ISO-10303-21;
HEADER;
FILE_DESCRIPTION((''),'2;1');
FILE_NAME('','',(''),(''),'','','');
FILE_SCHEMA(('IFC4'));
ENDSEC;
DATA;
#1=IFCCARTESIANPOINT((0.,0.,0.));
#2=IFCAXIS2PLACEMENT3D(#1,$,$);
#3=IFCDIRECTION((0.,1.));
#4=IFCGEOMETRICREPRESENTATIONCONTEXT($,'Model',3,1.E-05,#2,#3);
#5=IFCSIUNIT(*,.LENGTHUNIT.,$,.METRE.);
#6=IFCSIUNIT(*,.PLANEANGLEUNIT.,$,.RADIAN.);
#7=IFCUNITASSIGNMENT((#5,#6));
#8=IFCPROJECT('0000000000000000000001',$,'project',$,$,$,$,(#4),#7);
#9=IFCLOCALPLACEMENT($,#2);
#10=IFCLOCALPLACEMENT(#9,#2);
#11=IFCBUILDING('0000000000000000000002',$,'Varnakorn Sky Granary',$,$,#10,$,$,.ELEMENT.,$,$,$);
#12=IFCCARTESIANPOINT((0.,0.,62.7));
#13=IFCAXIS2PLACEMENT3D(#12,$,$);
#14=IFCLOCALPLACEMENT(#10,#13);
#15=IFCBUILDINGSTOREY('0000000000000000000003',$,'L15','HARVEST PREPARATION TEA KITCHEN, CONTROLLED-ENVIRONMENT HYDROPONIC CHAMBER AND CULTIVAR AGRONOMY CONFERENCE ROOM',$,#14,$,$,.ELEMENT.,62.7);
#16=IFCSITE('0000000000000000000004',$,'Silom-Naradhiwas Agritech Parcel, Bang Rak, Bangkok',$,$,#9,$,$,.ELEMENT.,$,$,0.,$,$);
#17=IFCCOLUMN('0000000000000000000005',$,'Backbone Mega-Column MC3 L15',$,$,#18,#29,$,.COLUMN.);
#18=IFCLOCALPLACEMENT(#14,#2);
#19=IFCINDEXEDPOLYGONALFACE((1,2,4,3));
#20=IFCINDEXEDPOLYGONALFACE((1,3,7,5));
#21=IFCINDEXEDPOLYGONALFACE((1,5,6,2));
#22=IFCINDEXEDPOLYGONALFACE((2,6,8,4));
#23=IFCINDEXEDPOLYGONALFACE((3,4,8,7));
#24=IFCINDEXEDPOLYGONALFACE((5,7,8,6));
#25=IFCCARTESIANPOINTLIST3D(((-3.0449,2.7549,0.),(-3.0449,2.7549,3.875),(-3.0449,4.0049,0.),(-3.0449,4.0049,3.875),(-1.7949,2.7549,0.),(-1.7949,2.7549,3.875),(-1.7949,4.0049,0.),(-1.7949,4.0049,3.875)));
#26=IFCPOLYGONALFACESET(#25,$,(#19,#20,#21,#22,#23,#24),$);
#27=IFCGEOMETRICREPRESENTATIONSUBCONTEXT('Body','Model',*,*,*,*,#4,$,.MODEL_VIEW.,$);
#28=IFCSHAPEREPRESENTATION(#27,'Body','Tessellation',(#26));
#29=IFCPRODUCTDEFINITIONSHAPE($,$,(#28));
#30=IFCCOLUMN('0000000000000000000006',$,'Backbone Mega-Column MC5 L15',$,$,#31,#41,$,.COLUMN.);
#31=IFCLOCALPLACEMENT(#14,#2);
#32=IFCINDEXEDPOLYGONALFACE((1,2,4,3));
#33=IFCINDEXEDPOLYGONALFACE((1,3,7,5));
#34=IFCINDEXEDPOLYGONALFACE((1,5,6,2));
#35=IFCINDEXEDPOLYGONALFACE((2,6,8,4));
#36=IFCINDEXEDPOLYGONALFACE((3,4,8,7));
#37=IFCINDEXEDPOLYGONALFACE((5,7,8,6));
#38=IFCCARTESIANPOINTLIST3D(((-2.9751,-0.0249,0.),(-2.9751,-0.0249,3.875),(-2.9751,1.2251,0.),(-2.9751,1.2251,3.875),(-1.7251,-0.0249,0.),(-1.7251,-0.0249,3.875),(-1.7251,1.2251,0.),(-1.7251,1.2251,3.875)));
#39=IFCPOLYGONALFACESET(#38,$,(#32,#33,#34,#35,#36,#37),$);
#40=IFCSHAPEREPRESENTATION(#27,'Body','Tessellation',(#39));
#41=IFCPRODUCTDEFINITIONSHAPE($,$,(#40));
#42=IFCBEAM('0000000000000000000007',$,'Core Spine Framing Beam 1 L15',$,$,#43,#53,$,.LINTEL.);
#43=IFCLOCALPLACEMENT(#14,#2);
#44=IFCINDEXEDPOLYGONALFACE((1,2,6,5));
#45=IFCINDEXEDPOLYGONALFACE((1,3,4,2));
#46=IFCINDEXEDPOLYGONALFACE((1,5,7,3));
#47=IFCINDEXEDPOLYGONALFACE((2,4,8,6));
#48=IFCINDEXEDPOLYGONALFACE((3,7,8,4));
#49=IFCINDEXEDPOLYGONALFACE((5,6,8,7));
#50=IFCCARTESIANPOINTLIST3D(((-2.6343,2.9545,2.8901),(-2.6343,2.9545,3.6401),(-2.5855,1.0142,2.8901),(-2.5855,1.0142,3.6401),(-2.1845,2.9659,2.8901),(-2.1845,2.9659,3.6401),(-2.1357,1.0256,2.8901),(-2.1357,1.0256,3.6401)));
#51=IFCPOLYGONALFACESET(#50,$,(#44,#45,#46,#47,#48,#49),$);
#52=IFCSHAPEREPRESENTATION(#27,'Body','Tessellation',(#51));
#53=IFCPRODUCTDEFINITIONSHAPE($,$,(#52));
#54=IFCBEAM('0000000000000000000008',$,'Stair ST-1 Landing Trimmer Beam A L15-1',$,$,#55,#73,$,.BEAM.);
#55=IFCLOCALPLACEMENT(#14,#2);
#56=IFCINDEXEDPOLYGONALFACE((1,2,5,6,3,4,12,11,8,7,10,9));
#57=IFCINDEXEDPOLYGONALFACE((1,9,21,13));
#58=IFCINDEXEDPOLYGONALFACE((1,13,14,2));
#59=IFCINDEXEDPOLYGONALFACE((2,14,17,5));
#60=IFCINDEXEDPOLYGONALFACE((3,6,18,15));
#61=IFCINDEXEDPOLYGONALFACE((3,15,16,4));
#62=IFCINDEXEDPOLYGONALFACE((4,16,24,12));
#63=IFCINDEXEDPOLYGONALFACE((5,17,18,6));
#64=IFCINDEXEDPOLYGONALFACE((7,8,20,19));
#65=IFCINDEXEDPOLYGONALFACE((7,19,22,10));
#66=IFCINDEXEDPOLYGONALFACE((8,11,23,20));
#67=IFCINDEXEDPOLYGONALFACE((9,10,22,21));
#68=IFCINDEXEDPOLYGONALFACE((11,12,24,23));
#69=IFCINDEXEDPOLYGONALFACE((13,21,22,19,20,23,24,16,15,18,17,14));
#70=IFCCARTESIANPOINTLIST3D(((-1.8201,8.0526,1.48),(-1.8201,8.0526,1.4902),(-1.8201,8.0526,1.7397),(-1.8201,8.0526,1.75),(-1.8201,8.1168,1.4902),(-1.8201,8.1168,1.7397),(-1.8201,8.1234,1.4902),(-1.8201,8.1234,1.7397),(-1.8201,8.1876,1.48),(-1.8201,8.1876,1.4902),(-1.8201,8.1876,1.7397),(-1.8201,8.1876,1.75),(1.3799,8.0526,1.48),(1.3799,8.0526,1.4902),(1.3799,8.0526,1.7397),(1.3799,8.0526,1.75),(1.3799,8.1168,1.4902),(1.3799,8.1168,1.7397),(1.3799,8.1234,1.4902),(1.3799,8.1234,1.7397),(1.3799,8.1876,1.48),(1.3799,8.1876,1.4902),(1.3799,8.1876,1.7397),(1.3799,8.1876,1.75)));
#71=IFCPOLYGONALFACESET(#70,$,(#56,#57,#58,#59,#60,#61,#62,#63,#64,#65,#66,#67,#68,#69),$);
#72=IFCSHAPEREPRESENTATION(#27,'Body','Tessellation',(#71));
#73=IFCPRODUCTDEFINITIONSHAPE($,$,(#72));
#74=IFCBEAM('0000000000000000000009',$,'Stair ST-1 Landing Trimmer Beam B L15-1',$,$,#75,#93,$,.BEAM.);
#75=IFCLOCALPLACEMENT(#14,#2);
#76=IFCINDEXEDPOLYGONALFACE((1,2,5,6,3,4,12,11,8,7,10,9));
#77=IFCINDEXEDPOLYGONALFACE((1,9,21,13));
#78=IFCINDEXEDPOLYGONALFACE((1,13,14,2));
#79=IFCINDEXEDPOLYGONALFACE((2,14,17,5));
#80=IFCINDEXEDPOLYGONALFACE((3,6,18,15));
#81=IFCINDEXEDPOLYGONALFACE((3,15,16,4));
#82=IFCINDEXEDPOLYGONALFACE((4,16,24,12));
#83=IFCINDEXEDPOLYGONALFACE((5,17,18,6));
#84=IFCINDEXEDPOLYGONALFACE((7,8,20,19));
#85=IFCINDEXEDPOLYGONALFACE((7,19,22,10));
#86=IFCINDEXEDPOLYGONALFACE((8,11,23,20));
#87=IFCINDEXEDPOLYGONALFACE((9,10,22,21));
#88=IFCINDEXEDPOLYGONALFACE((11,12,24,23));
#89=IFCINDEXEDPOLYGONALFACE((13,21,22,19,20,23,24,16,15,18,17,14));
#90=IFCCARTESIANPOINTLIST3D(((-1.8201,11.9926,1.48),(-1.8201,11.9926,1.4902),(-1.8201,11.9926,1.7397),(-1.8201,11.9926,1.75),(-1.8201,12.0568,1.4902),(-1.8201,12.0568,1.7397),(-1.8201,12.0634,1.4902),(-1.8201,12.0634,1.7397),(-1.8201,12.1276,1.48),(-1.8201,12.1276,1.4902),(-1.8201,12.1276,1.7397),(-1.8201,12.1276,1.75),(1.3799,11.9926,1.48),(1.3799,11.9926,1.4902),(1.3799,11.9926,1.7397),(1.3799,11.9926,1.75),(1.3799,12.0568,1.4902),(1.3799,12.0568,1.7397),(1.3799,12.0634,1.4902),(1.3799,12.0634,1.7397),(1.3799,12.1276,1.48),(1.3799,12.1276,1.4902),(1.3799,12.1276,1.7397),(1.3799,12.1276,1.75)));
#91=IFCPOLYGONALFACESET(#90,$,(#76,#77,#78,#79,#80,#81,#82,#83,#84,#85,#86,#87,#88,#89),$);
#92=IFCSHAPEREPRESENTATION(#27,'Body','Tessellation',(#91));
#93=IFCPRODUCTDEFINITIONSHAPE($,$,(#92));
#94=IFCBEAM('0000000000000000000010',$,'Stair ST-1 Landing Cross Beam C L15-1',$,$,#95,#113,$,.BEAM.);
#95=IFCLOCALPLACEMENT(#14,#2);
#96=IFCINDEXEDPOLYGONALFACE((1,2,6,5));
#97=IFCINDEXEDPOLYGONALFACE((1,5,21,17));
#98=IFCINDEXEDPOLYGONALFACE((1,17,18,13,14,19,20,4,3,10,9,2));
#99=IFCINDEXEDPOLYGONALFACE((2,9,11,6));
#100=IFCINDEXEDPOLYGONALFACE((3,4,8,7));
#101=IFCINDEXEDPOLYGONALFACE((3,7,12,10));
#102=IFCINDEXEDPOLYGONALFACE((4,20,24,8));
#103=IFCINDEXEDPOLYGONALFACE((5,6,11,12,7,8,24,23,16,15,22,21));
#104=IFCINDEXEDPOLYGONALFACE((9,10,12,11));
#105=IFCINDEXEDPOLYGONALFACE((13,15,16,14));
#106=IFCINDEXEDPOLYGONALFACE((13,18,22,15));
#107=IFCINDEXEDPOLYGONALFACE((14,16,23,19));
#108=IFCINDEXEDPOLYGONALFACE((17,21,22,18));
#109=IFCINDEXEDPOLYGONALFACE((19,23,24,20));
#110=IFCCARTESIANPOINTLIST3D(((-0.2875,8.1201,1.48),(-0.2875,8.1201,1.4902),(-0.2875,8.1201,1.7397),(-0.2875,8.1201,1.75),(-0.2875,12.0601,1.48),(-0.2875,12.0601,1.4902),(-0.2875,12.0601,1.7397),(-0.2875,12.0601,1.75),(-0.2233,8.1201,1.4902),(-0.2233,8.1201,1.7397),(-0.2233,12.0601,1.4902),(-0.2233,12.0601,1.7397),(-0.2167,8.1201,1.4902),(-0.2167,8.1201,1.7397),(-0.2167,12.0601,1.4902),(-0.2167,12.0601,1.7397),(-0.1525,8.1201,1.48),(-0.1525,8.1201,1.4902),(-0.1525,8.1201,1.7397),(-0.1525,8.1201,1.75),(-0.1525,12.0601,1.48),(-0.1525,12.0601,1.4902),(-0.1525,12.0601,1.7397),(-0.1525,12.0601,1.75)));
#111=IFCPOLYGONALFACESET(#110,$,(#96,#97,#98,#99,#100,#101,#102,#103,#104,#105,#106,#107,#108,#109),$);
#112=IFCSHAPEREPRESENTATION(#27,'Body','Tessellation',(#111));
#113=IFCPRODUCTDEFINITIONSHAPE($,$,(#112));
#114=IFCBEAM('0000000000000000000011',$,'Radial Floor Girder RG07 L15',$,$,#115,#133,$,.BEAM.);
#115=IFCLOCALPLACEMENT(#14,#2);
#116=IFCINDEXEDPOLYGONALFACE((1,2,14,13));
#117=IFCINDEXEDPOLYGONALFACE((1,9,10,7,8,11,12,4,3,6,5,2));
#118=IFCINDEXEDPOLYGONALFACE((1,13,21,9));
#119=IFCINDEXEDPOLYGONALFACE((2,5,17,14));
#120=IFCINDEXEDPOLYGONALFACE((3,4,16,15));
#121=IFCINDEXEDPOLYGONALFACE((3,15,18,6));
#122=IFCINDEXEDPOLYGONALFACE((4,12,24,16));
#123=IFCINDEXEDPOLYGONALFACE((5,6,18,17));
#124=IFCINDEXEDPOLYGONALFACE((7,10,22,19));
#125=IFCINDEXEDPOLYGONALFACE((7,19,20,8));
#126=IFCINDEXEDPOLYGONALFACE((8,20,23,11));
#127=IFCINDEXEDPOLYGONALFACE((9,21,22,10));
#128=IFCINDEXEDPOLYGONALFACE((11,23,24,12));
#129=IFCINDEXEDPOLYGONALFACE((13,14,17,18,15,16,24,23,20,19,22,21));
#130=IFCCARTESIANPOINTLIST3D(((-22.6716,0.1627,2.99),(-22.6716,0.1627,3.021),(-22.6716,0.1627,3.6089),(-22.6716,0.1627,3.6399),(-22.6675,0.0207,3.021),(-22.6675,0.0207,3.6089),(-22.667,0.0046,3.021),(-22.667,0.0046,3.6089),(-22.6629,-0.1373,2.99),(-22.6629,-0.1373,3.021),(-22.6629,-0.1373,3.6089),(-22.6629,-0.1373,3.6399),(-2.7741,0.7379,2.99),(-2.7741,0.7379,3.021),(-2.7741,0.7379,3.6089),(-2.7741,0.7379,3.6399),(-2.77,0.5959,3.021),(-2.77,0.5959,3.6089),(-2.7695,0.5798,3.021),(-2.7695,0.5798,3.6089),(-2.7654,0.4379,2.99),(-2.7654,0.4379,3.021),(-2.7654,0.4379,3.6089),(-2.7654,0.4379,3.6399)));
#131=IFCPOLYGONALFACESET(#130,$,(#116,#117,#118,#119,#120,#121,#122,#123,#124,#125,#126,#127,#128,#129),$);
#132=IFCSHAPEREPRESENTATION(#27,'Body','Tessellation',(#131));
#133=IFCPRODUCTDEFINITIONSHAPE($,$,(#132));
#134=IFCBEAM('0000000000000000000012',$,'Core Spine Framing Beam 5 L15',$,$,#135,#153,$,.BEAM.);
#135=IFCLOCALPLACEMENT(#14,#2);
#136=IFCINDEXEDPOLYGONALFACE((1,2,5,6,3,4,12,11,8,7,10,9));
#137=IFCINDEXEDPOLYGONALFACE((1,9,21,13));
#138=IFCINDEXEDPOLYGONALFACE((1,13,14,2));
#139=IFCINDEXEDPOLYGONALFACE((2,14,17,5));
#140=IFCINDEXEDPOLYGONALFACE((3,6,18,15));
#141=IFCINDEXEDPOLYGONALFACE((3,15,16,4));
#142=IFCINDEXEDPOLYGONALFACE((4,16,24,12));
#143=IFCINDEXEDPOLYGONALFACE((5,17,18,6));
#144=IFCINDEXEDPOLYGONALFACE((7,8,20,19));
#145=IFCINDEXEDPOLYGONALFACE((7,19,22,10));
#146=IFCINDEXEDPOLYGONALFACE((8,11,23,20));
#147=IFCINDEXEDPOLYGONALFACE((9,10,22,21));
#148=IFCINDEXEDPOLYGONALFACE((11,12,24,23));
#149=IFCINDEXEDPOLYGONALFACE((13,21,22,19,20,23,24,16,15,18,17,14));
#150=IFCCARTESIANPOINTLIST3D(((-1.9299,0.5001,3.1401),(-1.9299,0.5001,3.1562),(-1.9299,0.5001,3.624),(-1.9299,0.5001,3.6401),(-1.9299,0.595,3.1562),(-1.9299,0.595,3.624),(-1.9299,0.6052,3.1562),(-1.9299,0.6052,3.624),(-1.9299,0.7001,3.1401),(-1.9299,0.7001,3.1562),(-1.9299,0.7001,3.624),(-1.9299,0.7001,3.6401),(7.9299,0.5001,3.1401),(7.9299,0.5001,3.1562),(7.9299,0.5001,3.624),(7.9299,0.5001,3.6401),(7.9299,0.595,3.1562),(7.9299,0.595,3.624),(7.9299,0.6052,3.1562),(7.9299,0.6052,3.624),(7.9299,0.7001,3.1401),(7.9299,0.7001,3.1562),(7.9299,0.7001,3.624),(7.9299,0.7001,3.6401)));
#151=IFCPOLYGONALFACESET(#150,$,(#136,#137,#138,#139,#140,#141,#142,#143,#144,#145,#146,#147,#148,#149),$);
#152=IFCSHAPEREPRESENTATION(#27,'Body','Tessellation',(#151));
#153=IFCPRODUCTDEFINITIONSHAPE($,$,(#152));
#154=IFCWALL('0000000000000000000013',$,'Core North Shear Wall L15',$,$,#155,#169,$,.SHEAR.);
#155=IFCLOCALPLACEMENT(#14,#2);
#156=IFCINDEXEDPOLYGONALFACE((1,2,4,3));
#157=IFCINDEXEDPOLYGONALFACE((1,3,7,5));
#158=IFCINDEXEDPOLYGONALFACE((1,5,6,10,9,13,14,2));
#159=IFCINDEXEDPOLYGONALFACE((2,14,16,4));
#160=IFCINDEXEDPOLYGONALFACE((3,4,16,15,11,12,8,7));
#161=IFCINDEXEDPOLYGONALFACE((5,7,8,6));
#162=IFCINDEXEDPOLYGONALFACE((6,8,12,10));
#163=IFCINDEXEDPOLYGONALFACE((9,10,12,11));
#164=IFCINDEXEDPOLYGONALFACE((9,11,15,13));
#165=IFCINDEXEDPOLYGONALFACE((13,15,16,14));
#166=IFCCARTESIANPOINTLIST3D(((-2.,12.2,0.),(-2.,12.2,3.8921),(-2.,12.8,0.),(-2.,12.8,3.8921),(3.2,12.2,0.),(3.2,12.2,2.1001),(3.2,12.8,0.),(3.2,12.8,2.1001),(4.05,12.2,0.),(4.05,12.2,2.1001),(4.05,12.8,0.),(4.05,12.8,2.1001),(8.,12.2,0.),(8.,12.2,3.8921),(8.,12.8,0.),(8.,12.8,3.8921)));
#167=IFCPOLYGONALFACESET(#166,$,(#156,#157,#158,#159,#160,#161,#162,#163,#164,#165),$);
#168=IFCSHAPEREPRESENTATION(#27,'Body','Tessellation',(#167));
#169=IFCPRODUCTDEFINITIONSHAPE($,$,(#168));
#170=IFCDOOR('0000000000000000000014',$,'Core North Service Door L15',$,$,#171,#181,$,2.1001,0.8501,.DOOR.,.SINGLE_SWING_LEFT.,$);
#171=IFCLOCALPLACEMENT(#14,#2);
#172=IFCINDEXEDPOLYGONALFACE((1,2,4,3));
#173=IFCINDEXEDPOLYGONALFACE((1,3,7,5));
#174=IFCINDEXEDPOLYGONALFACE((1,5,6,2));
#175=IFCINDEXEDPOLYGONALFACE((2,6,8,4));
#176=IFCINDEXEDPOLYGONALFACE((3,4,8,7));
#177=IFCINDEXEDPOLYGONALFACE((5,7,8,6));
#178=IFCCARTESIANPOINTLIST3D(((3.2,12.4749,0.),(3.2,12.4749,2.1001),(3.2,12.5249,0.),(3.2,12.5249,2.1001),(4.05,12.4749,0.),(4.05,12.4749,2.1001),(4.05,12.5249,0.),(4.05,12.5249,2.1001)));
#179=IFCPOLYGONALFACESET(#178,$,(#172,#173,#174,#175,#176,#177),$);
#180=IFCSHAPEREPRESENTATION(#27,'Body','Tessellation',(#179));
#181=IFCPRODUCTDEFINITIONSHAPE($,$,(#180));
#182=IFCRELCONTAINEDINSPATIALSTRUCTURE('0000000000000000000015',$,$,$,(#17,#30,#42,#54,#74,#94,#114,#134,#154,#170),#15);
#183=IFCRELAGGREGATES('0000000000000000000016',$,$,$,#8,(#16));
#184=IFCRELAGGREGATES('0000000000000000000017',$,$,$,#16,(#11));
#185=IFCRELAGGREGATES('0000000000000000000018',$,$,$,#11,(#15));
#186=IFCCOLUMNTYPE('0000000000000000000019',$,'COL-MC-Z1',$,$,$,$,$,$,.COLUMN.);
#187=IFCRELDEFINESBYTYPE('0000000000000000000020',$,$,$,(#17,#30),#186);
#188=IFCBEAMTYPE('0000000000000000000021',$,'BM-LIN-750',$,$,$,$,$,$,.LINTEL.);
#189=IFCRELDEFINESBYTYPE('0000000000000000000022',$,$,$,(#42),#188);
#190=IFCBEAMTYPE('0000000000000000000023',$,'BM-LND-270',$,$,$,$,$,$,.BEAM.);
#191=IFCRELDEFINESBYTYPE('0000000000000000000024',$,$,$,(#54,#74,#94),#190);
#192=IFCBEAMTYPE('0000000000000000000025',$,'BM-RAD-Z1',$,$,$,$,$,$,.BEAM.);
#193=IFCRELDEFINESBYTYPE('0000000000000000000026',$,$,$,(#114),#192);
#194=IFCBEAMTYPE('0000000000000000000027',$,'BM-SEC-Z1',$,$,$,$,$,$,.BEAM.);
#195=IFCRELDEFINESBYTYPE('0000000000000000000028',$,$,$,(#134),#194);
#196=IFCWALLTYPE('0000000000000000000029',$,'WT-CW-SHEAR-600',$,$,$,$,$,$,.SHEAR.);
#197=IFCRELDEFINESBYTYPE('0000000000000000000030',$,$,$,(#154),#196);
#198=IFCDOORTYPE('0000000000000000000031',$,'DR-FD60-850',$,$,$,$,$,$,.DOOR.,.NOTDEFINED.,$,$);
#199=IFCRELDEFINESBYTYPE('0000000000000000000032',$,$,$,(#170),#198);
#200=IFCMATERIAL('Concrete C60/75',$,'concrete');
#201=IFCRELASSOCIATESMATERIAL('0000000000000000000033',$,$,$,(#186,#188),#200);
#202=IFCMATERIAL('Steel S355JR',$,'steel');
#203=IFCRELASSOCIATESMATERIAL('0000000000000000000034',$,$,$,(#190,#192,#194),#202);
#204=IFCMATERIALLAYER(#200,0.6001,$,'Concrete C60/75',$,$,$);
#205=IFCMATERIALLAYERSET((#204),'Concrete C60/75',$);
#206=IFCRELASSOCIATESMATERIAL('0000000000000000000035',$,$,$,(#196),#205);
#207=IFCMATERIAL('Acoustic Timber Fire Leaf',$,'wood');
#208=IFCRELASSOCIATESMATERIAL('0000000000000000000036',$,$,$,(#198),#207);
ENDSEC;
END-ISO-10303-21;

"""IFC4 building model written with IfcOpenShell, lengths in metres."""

from ifc_helpers import new_model, si_unit, direction, frame, frame_2d, origin, origin_2d, place, context, subcontext, project, spatial, rectangle, i_section, extrude, material, layer, layer_set, material_profile, profile_set, type_object, element, fill, save


model = new_model("IFC4")

# Units and contexts
model_context = context("Model", 3, precision=1e-05, world=origin(), true_north=direction((0.0, 1.0)))
body_context = subcontext(model_context, "Body", "Model", "MODEL_VIEW")
ifc_project = project(units=[si_unit("LENGTHUNIT", "METRE"), si_unit("PLANEANGLEUNIT", "RADIAN")], contexts=[model_context])

# Site, building, storey
site_placement = place(None, origin())
site = spatial("IfcSite", under=ifc_project, at=site_placement, Name="Silom-Naradhiwas Agritech Parcel, Bang Rak, Bangkok", CompositionType="ELEMENT", RefElevation=0.0)
building_placement = place(site_placement, origin())
building = spatial("IfcBuilding", under=site, at=building_placement, Name="Varnakorn Sky Granary", CompositionType="ELEMENT")
storey_placement = place(building_placement, frame((0.0, 0.0, 62.7)))
storey = spatial("IfcBuildingStorey", under=building, at=storey_placement, Name="L15", Description="HARVEST PREPARATION TEA KITCHEN, CONTROLLED-ENVIRONMENT HYDROPONIC CHAMBER AND CULTIVAR AGRONOMY CONFERENCE ROOM", CompositionType="ELEMENT", Elevation=62.7)

# Columns
ifc_material_1 = material(Name="Concrete C60/75", Category="concrete")
ifc_material_profile_1 = material_profile(ifc_material_1, rectangle(XDim=1.25, YDim=1.25, at=origin_2d()), Name="RC 1250x1250")
ifc_profile_set_1 = profile_set([ifc_material_profile_1], Name="Concrete C60/75")
column_type = type_object("IfcColumnType", Name="COL-MC-Z1", PredefinedType="COLUMN", material=ifc_profile_set_1)
for number, where, z_axis, x_axis, name in (
    (1, (-2.4199, 3.3799, 0.0), (0.0, 0.0, 1.0), (1.0, 0.0, 0.0), "Backbone Mega-Column MC3 L15"),
    (2, (-2.3501, 0.6001, 0.0), (0.0, 0.0, 1.0), (1.0, 0.0, 0.0), "Backbone Mega-Column MC5 L15"),
):
    element("IfcColumn", number, at=place(storey_placement, frame(where, z_axis=z_axis, x_axis=x_axis)), inside=storey, type_object=column_type, Name=name, PredefinedType="COLUMN", context=body_context, shape_type="SweptSolid", body=[
        extrude(rectangle(XDim=1.25, YDim=1.25, at=origin_2d()), origin(), (0.0, 0.0, 1.0), 3.875),
    ])

# Beams
ifc_material_profile_2 = material_profile(ifc_material_1, rectangle(XDim=0.45, YDim=0.75, at=origin_2d()), Name="RC 450x750")
ifc_profile_set_2 = profile_set([ifc_material_profile_2], Name="Concrete C60/75")
beam_type_1 = type_object("IfcBeamType", Name="BM-LIN-750", PredefinedType="LINTEL", material=ifc_profile_set_2)
beam_1_placement = place(storey_placement, frame((-2.4094, 2.9602, 3.2651), z_axis=(0.025159, -0.999683, 0.0), x_axis=(0.999683, 0.025159, 0.0)))
element("IfcBeam", 3, at=beam_1_placement, inside=storey, type_object=beam_type_1, Name="Core Spine Framing Beam 1 L15", PredefinedType="LINTEL", context=body_context, shape_type="SweptSolid", body=[
    extrude(rectangle(XDim=0.45, YDim=0.75, at=origin_2d()), origin(), (0.0, 0.0, 1.0), 1.9409),
])
ifc_material_2 = material(Name="Steel S355JR", Category="steel")
ifc_material_profile_3 = material_profile(ifc_material_2, i_section(OverallWidth=0.135, OverallDepth=0.27, WebThickness=0.0066, FlangeThickness=0.0103, at=origin_2d()), Name="IPE 270")
ifc_profile_set_3 = profile_set([ifc_material_profile_3], Name="Steel S355JR")
beam_type_2 = type_object("IfcBeamType", Name="BM-LND-270", PredefinedType="BEAM", material=ifc_profile_set_3)
for number, where, z_axis, x_axis, name in (
    (4, (-1.8201, 8.1201, 1.615), (1.0, 0.0, 0.0), (0.0, 1.0, 0.0), "Stair ST-1 Landing Trimmer Beam A L15-1"),
    (5, (-1.8201, 12.0601, 1.615), (1.0, 0.0, 0.0), (0.0, 1.0, 0.0), "Stair ST-1 Landing Trimmer Beam B L15-1"),
):
    element("IfcBeam", number, at=place(storey_placement, frame(where, z_axis=z_axis, x_axis=x_axis)), inside=storey, type_object=beam_type_2, Name=name, PredefinedType="BEAM", context=body_context, shape_type="SweptSolid", body=[
        extrude(i_section(OverallWidth=0.135, OverallDepth=0.27, WebThickness=0.0066, FlangeThickness=0.0103, at=origin_2d()), origin(), (0.0, 0.0, 1.0), 3.2),
    ])
beam_2_placement = place(storey_placement, frame((-0.22, 8.1201, 1.615), z_axis=(0.0, 1.0, 0.0), x_axis=(-1.0, 0.0, 0.0)))
element("IfcBeam", 6, at=beam_2_placement, inside=storey, type_object=beam_type_2, Name="Stair ST-1 Landing Cross Beam C L15-1", PredefinedType="BEAM", context=body_context, shape_type="SweptSolid", body=[
    extrude(i_section(OverallWidth=0.135, OverallDepth=0.27, WebThickness=0.0066, FlangeThickness=0.0103, at=origin_2d()), origin(), (0.0, 0.0, 1.0), 3.9399),
])
ifc_material_profile_4 = material_profile(ifc_material_2, i_section(OverallWidth=0.3, OverallDepth=0.6499, WebThickness=0.0161, FlangeThickness=0.031, at=origin_2d()), Name="HE 650 B")
ifc_profile_set_4 = profile_set([ifc_material_profile_4], Name="Steel S355JR")
beam_type_3 = type_object("IfcBeamType", Name="BM-RAD-Z1", PredefinedType="BEAM", material=ifc_profile_set_4)
beam_3_placement = place(storey_placement, frame((-2.7698, 0.5879, 3.3149), z_axis=(-0.999582, -0.028896, 0.0), x_axis=(0.028896, -0.999582, 0.0)))
element("IfcBeam", 7, at=beam_3_placement, inside=storey, type_object=beam_type_3, Name="Radial Floor Girder RG07 L15", PredefinedType="BEAM", context=body_context, shape_type="SweptSolid", body=[
    extrude(i_section(OverallWidth=0.3, OverallDepth=0.6499, WebThickness=0.0161, FlangeThickness=0.031, at=origin_2d()), origin(), (0.0, 0.0, 1.0), 19.9058),
])
ifc_material_profile_5 = material_profile(ifc_material_2, i_section(OverallWidth=0.2, OverallDepth=0.5, WebThickness=0.0103, FlangeThickness=0.0161, at=origin_2d()), Name="IPE 500")
ifc_profile_set_5 = profile_set([ifc_material_profile_5], Name="Steel S355JR")
beam_type_4 = type_object("IfcBeamType", Name="BM-SEC-Z1", PredefinedType="BEAM", material=ifc_profile_set_5)
beam_4_placement = place(storey_placement, frame((-1.9299, 0.6001, 3.3901), z_axis=(1.0, 0.0, 0.0), x_axis=(0.0, 1.0, 0.0)))
element("IfcBeam", 8, at=beam_4_placement, inside=storey, type_object=beam_type_4, Name="Core Spine Framing Beam 5 L15", PredefinedType="BEAM", context=body_context, shape_type="SweptSolid", body=[
    extrude(i_section(OverallWidth=0.2, OverallDepth=0.5, WebThickness=0.0103, FlangeThickness=0.0161, at=origin_2d()), origin(), (0.0, 0.0, 1.0), 9.8599),
])

# Shared definitions
ifc_layer_1 = layer(ifc_material_1, 0.6001, Name="Concrete C60/75")
ifc_layer_set_1 = layer_set([ifc_layer_1], Name="Concrete C60/75")
wall_type_1 = type_object("IfcWallType", Name="WT-CW-SHEAR-600", PredefinedType="SHEAR", material=ifc_layer_set_1)

# Wall, opening, door
wall_1_placement = place(storey_placement, frame((-2.0, 12.5, 0.0), z_axis=(0.0, 0.0, 1.0), x_axis=(1.0, 0.0, 0.0)))
wall_1 = element("IfcWall", 9, at=wall_1_placement, inside=storey, type_object=wall_type_1, Name="Core North Shear Wall L15", PredefinedType="SHEAR", context=body_context, shape_type="SweptSolid", body=[
    extrude(rectangle(XDim=10.0, YDim=0.6001, at=frame_2d((5.0, 0.0))), origin(), (0.0, 0.0, 1.0), 3.8921),
])
opening_1_placement = place(wall_1_placement, frame((5.2, 0.0, 0.0)))
opening_1 = element("IfcOpeningElement", 10, at=opening_1_placement, cuts=wall_1, PredefinedType="OPENING", context=body_context, shape_type="SweptSolid", body=[
    extrude(rectangle(XDim=0.8501, YDim=2.1001, at=frame_2d((0.425, 1.05))), frame((0.0, 0.3101, 0.0), z_axis=(0.0, -1.0, 0.0), x_axis=(1.0, 0.0, 0.0)), (0.0, 0.0, 1.0), 0.6201),
])
ifc_material_3 = material(Name="Acoustic Timber Fire Leaf", Category="wood")
door_type_1 = type_object("IfcDoorType", Name="DR-FD60-850", OperationType="NOTDEFINED", PredefinedType="DOOR", material=ifc_material_3)
door_1_placement = place(opening_1_placement, origin())
door_1 = element("IfcDoor", 11, at=door_1_placement, inside=storey, type_object=door_type_1, Name="Core North Service Door L15", OperationType="SINGLE_SWING_LEFT", OverallHeight=2.1001, OverallWidth=0.8501, PredefinedType="DOOR", context=body_context, shape_type="SweptSolid", body=[
    extrude(rectangle(XDim=0.8501, YDim=2.1001, at=frame_2d((0.425, 1.05))), frame((0.0, 0.0249, 0.0), z_axis=(0.0, -1.0, 0.0), x_axis=(1.0, 0.0, 0.0)), (0.0, 0.0, 1.0), 0.05),
])
fill(opening_1, door_1)

save(model, "model.ifc")
